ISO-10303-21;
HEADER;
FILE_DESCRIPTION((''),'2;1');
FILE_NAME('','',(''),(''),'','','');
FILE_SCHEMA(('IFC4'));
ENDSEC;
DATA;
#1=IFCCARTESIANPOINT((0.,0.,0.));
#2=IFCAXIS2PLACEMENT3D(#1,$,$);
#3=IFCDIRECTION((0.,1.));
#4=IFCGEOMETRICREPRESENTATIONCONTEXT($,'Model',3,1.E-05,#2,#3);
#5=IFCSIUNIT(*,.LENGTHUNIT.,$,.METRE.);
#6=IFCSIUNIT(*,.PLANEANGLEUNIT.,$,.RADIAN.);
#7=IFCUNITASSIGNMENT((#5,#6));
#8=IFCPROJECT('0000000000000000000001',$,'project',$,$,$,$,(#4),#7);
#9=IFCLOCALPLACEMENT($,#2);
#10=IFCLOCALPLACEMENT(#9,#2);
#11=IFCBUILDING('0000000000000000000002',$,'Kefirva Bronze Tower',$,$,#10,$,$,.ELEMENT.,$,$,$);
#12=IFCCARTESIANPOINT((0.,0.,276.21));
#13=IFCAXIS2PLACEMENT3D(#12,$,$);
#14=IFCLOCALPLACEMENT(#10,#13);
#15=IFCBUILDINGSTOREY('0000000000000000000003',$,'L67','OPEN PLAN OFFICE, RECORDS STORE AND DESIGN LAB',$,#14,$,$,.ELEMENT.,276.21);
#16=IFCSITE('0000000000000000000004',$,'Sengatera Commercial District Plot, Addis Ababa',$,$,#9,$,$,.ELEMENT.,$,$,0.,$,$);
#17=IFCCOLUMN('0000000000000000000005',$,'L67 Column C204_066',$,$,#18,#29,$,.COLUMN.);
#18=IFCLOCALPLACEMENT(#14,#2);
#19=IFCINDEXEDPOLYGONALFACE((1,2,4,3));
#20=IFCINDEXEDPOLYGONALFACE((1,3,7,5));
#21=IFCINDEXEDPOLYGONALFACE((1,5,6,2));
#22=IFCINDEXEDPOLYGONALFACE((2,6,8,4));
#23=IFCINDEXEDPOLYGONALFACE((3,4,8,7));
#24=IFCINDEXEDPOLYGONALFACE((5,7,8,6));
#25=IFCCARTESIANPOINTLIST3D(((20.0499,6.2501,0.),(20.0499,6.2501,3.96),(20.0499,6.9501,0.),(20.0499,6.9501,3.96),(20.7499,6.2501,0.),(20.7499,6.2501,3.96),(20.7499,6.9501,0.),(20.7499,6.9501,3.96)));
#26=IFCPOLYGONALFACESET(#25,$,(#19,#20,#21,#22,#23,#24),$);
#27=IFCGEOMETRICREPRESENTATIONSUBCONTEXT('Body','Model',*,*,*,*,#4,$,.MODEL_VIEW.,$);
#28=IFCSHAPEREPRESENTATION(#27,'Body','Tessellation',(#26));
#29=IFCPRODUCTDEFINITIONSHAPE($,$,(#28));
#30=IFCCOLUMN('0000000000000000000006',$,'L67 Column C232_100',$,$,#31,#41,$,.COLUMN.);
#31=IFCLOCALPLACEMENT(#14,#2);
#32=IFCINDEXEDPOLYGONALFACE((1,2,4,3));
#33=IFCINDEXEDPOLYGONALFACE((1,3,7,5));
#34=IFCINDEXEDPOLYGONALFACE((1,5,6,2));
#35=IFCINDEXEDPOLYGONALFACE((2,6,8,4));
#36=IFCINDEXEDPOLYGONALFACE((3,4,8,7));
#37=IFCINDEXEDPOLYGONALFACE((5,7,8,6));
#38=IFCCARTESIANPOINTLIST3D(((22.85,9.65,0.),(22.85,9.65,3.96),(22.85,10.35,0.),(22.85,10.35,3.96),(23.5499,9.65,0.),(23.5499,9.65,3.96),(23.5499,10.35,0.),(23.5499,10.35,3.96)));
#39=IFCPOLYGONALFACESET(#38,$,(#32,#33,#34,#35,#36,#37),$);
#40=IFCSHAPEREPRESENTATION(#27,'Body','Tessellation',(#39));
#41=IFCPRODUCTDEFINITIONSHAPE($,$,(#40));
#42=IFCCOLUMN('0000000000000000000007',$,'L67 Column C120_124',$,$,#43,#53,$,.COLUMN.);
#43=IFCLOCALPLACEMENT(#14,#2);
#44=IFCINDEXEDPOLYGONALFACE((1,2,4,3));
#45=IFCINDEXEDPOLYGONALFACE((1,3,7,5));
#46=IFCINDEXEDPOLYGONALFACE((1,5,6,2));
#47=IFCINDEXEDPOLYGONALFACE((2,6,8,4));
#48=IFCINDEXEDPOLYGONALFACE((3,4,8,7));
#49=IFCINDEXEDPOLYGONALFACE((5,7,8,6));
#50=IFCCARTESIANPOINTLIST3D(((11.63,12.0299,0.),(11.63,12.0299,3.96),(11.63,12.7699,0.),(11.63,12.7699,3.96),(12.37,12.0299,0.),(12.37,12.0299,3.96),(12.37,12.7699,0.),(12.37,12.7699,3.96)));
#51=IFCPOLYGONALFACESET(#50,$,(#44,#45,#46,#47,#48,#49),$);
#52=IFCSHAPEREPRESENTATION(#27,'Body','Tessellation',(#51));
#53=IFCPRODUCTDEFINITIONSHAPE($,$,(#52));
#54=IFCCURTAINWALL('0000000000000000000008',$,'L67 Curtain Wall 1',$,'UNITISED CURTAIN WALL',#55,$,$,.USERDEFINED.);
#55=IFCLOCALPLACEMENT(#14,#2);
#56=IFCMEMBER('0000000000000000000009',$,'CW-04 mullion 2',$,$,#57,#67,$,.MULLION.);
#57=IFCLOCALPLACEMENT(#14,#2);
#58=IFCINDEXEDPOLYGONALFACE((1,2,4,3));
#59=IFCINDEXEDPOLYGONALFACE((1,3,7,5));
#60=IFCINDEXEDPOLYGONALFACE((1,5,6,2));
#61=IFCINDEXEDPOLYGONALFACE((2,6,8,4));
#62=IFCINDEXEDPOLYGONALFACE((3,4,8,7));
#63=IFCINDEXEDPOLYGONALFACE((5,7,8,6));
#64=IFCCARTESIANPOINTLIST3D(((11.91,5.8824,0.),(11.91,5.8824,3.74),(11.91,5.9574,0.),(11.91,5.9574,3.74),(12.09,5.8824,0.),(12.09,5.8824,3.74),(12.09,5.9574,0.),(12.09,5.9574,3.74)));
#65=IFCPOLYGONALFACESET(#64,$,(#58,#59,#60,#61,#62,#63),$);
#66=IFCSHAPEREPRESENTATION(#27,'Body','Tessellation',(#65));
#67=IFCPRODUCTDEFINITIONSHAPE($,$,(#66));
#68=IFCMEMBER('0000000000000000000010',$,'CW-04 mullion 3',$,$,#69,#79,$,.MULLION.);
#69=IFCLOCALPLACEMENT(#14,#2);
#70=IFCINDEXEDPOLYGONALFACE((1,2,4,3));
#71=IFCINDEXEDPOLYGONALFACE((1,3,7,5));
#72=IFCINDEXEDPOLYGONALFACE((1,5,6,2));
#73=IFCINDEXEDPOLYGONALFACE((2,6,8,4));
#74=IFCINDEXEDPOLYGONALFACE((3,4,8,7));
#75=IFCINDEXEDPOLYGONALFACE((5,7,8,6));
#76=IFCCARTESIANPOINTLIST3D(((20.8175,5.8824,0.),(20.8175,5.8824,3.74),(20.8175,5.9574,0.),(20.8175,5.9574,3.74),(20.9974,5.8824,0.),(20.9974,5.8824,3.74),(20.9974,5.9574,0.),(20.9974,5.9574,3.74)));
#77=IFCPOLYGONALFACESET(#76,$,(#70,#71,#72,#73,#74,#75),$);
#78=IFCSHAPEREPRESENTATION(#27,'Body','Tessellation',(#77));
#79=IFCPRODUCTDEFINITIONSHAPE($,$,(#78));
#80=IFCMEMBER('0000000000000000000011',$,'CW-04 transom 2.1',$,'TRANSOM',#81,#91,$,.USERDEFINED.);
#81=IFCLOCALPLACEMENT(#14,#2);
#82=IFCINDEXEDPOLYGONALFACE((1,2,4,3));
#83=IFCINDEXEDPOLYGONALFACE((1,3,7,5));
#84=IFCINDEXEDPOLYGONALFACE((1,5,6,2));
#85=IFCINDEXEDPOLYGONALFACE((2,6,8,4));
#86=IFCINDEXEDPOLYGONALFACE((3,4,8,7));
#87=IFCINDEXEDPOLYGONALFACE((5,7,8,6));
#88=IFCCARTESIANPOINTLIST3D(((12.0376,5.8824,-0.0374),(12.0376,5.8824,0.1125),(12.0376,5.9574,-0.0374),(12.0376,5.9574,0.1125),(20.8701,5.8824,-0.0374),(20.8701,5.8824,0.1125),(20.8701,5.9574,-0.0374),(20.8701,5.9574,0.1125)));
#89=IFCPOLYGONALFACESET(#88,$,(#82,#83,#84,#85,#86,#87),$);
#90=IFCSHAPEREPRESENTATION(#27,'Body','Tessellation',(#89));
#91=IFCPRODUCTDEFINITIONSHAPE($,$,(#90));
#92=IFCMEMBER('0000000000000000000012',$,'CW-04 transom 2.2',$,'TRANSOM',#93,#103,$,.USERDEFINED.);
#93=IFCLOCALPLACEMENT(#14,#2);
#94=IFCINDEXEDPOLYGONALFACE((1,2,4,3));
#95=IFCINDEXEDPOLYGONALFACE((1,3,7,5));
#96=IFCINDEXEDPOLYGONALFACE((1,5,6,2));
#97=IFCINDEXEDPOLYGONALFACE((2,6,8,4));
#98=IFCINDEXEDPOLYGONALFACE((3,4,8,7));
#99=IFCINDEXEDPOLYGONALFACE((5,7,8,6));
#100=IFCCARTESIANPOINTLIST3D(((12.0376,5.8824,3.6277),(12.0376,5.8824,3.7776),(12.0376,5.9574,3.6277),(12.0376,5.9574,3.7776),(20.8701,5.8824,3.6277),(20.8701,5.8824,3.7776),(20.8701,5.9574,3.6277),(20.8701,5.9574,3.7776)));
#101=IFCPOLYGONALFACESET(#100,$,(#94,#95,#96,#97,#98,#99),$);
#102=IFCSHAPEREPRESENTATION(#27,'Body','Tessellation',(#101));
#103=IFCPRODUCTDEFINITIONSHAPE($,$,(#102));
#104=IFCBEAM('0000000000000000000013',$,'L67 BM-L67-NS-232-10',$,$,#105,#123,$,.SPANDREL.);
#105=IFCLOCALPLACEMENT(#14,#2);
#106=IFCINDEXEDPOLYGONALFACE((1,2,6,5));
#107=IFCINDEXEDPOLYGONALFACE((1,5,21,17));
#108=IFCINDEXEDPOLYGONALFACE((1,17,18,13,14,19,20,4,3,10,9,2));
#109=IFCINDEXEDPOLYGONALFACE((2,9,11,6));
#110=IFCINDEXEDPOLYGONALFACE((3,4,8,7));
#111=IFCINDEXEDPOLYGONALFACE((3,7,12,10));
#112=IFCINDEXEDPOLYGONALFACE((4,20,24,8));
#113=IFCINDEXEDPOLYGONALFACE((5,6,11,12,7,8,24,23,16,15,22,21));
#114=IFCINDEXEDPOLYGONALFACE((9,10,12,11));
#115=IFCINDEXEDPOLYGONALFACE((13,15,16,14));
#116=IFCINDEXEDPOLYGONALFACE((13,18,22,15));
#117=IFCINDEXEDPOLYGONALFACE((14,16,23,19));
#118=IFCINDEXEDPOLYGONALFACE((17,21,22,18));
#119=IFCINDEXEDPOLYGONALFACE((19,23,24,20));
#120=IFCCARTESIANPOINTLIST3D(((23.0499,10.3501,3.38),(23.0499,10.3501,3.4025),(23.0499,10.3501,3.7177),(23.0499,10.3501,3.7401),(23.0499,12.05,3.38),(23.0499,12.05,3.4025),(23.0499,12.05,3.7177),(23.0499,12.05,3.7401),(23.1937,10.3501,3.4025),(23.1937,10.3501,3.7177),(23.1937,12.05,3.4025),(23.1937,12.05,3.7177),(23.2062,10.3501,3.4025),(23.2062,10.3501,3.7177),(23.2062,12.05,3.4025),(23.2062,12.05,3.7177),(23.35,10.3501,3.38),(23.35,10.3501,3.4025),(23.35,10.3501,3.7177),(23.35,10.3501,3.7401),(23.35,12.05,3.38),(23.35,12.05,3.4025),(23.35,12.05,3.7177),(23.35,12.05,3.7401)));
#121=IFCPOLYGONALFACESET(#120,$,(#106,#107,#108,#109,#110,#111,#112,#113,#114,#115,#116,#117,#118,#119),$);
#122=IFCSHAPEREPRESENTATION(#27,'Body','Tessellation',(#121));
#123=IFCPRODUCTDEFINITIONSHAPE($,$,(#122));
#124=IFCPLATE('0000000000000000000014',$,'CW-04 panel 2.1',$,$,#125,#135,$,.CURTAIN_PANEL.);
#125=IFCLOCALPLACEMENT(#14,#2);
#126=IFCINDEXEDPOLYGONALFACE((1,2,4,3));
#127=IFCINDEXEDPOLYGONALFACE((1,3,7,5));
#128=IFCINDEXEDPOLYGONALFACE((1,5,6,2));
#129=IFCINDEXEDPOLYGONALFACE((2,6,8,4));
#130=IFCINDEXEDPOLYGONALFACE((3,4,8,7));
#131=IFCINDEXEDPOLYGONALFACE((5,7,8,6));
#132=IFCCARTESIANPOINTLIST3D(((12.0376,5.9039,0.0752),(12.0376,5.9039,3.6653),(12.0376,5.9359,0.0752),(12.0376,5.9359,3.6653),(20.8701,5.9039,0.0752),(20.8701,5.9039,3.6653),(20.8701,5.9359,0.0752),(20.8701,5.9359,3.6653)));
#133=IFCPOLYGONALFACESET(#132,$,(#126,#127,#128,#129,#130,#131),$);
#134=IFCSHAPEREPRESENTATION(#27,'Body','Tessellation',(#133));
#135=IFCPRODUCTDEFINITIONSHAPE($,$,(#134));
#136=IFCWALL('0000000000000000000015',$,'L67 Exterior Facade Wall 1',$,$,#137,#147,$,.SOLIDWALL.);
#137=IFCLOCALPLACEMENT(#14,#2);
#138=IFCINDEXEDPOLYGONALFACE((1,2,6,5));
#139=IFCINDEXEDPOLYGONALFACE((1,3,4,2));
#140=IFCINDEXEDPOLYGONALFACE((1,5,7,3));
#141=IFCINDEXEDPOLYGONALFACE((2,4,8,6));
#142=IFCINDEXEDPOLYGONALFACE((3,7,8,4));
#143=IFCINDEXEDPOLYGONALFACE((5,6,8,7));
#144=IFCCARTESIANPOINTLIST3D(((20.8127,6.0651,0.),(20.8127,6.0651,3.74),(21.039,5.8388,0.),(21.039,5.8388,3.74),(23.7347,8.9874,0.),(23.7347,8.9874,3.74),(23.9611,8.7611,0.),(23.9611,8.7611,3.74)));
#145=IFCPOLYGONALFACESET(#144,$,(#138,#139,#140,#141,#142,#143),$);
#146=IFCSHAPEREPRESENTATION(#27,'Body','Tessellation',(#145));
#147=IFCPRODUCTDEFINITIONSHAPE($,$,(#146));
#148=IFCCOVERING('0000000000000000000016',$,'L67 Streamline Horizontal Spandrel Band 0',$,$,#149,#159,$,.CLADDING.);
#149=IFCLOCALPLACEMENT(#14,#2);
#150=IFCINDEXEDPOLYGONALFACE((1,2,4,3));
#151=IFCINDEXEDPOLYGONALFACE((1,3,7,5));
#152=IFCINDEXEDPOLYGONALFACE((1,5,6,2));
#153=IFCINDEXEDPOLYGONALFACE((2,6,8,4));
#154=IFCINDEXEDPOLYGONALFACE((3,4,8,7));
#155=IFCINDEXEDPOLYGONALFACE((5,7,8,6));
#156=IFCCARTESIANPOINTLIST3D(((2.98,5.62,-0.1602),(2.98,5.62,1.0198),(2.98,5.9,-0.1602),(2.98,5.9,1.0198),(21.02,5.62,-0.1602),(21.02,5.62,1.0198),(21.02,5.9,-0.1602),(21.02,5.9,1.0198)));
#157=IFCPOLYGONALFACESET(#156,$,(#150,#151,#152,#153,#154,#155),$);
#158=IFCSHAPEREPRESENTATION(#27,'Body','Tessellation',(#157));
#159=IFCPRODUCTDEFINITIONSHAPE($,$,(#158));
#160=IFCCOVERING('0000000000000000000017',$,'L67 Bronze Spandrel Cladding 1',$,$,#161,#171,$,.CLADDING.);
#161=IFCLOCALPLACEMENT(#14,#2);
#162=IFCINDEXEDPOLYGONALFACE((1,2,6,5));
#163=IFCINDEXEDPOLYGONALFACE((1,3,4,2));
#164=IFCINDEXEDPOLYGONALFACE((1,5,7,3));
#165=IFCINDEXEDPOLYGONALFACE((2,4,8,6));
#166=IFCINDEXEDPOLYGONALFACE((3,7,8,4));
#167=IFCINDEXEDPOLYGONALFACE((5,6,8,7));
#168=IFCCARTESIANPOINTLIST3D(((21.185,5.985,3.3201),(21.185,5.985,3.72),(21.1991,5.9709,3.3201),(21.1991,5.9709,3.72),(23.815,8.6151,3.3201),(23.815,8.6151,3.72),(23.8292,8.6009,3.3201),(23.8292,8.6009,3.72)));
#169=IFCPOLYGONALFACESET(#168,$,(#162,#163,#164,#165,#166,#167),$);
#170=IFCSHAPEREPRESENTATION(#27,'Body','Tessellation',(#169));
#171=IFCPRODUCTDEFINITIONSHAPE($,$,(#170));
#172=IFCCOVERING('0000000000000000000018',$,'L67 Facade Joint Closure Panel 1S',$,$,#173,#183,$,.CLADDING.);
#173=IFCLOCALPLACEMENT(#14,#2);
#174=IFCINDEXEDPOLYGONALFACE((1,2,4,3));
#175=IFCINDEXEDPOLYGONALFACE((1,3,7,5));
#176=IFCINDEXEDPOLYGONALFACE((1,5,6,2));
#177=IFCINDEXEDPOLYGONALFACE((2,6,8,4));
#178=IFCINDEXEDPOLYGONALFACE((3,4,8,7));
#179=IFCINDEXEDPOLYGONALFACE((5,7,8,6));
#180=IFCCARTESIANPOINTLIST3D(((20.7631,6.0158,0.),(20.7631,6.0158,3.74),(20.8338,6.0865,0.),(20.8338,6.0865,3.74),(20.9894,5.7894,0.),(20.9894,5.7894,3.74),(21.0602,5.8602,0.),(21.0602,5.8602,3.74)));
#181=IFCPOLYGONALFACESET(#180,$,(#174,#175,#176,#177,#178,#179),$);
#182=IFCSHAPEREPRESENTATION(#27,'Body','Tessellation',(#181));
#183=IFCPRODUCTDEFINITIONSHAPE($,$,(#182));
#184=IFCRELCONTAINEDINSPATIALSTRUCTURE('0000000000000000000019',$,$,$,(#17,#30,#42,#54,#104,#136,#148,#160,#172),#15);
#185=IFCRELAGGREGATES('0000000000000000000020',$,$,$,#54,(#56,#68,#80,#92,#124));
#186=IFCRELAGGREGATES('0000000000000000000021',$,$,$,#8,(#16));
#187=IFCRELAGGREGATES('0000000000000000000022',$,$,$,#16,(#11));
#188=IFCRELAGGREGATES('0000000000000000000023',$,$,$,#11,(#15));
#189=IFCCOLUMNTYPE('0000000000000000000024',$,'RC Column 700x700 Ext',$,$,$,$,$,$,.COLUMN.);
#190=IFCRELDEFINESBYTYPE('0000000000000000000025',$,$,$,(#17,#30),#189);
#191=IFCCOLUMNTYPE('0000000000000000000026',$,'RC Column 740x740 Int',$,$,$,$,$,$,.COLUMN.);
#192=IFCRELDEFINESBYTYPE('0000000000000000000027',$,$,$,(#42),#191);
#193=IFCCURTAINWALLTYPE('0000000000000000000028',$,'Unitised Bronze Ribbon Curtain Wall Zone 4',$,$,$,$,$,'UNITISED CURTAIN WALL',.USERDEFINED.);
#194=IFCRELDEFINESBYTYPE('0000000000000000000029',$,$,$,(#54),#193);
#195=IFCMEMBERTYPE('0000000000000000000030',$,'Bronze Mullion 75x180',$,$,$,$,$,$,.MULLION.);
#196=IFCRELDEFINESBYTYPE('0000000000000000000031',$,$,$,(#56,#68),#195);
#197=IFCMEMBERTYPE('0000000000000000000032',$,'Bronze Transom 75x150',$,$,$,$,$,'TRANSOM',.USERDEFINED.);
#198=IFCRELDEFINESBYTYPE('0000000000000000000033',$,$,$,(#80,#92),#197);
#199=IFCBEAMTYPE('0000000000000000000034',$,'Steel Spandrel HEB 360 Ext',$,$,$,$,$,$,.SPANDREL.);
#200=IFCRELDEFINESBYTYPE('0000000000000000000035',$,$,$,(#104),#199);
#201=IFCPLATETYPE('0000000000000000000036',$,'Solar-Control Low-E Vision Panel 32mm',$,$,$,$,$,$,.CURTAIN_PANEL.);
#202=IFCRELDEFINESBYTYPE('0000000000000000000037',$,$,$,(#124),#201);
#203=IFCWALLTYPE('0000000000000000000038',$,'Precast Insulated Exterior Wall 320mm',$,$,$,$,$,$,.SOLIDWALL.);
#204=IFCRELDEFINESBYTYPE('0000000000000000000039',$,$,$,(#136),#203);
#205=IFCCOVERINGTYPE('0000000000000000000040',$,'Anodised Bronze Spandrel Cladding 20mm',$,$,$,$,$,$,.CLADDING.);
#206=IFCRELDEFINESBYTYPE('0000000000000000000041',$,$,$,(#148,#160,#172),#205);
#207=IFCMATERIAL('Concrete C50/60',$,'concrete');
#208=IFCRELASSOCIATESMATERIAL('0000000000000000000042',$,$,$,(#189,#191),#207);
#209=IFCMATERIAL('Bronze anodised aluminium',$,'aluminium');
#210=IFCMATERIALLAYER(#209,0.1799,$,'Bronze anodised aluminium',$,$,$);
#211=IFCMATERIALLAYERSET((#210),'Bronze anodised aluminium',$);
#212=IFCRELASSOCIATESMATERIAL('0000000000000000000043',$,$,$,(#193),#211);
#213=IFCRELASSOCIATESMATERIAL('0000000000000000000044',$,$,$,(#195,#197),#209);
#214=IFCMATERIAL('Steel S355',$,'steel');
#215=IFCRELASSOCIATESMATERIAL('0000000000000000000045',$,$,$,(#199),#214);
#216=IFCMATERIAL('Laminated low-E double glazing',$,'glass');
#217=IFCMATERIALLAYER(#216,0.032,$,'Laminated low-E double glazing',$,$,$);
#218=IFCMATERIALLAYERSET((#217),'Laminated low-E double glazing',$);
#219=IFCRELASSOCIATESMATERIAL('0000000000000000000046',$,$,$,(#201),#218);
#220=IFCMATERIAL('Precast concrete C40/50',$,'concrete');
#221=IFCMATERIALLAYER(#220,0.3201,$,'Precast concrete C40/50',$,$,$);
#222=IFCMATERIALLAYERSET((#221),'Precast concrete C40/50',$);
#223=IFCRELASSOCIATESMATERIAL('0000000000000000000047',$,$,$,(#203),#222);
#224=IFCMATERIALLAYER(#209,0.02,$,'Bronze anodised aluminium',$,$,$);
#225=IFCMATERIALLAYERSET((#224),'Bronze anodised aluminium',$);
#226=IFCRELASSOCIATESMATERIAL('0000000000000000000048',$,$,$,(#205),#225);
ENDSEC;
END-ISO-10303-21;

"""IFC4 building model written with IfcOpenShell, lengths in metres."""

from ifc_helpers import new_model, si_unit, direction, frame, frame_2d, origin, origin_2d, place, context, subcontext, project, spatial, rectangle, i_section, extrude, material, layer, layer_set, material_profile, profile_set, type_object, element, aggregate, save


model = new_model("IFC4")

# Units and contexts
model_context = context("Model", 3, precision=1e-05, world=origin(), true_north=direction((0.0, 1.0)))
body_context = subcontext(model_context, "Body", "Model", "MODEL_VIEW")
ifc_project = project(units=[si_unit("LENGTHUNIT", "METRE"), si_unit("PLANEANGLEUNIT", "RADIAN")], contexts=[model_context])

# Site, building, storey
site_placement = place(None, origin())
site = spatial("IfcSite", under=ifc_project, at=site_placement, Name="Sengatera Commercial District Plot, Addis Ababa", CompositionType="ELEMENT", RefElevation=0.0)
building_placement = place(site_placement, origin())
building = spatial("IfcBuilding", under=site, at=building_placement, Name="Kefirva Bronze Tower", CompositionType="ELEMENT")
storey_placement = place(building_placement, frame((0.0, 0.0, 276.21)))
storey = spatial("IfcBuildingStorey", under=building, at=storey_placement, Name="L67", Description="OPEN PLAN OFFICE, RECORDS STORE AND DESIGN LAB", CompositionType="ELEMENT", Elevation=276.21)

# Columns
ifc_material_1 = material(Name="Concrete C50/60", Category="concrete")
ifc_material_profile_1 = material_profile(ifc_material_1, rectangle(XDim=0.7, YDim=0.7, at=origin_2d()), Name="RC 700x700")
ifc_profile_set_1 = profile_set([ifc_material_profile_1], Name="Concrete C50/60")
column_type_1 = type_object("IfcColumnType", Name="RC Column 700x700 Ext", PredefinedType="COLUMN", material=ifc_profile_set_1)
for number, where, z_axis, x_axis, name in (
    (1, (20.3999, 6.6001, 0.0), (0.0, 0.0, 1.0), (1.0, 0.0, 0.0), "L67 Column C204_066"),
    (2, (23.2, 10.0, 0.0), (0.0, 0.0, 1.0), (1.0, 0.0, 0.0), "L67 Column C232_100"),
):
    element("IfcColumn", number, at=place(storey_placement, frame(where, z_axis=z_axis, x_axis=x_axis)), inside=storey, type_object=column_type_1, Name=name, PredefinedType="COLUMN", context=body_context, shape_type="SweptSolid", body=[
        extrude(rectangle(XDim=0.7, YDim=0.7, at=origin_2d()), origin(), (0.0, 0.0, 1.0), 3.96),
    ])
ifc_material_profile_2 = material_profile(ifc_material_1, rectangle(XDim=0.74, YDim=0.74, at=origin_2d()), Name="RC 740x740")
ifc_profile_set_2 = profile_set([ifc_material_profile_2], Name="Concrete C50/60")
column_type_2 = type_object("IfcColumnType", Name="RC Column 740x740 Int", PredefinedType="COLUMN", material=ifc_profile_set_2)
column_placement = place(storey_placement, frame((12.0, 12.3999, 0.0), z_axis=(0.0, 0.0, 1.0), x_axis=(1.0, 0.0, 0.0)))
element("IfcColumn", 3, at=column_placement, inside=storey, type_object=column_type_2, Name="L67 Column C120_124", PredefinedType="COLUMN", context=body_context, shape_type="SweptSolid", body=[
    extrude(rectangle(XDim=0.74, YDim=0.74, at=origin_2d()), origin(), (0.0, 0.0, 1.0), 3.96),
])

# Curtain wall, members
ifc_material_2 = material(Name="Bronze anodised aluminium", Category="aluminium")
ifc_layer_1 = layer(ifc_material_2, 0.1799, Name="Bronze anodised aluminium")
ifc_layer_set_1 = layer_set([ifc_layer_1], Name="Bronze anodised aluminium")
curtain_wall_type = type_object("IfcCurtainWallType", Name="Unitised Bronze Ribbon Curtain Wall Zone 4", ElementType="UNITISED CURTAIN WALL", PredefinedType="USERDEFINED", material=ifc_layer_set_1)
curtain_wall_placement = place(storey_placement, origin())
curtain_wall = element("IfcCurtainWall", 4, at=curtain_wall_placement, inside=storey, type_object=curtain_wall_type, Name="L67 Curtain Wall 1", ObjectType="UNITISED CURTAIN WALL", PredefinedType="USERDEFINED")
ifc_material_profile_3 = material_profile(ifc_material_2, rectangle(XDim=0.075, YDim=0.1799, at=origin_2d()), Name="ALU 75x180")
ifc_profile_set_3 = profile_set([ifc_material_profile_3], Name="Bronze anodised aluminium")
member_type_1 = type_object("IfcMemberType", Name="Bronze Mullion 75x180", PredefinedType="MULLION", material=ifc_profile_set_3)
member_1_placement = place(storey_placement, frame((12.0, 5.9199, 0.0), z_axis=(0.0, 0.0, 1.0), x_axis=(0.0, 1.0, 0.0)))
member_1 = element("IfcMember", 5, at=member_1_placement, type_object=member_type_1, Name="CW-04 mullion 2", PredefinedType="MULLION", context=body_context, shape_type="SweptSolid", body=[
    extrude(rectangle(XDim=0.075, YDim=0.1799, at=origin_2d()), origin(), (0.0, 0.0, 1.0), 3.74),
])
member_2_placement = place(storey_placement, frame((20.9075, 5.9199, 0.0), z_axis=(0.0, 0.0, 1.0), x_axis=(0.0, 1.0, 0.0)))
member_2 = element("IfcMember", 6, at=member_2_placement, type_object=member_type_1, Name="CW-04 mullion 3", PredefinedType="MULLION", context=body_context, shape_type="SweptSolid", body=[
    extrude(rectangle(XDim=0.075, YDim=0.1799, at=origin_2d()), origin(), (0.0, 0.0, 1.0), 3.74),
])
ifc_material_profile_4 = material_profile(ifc_material_2, rectangle(XDim=0.075, YDim=0.1499, at=origin_2d()), Name="ALU 75x150")
ifc_profile_set_4 = profile_set([ifc_material_profile_4], Name="Bronze anodised aluminium")
member_type_2 = type_object("IfcMemberType", Name="Bronze Transom 75x150", ElementType="TRANSOM", PredefinedType="USERDEFINED", material=ifc_profile_set_4)
member_3_placement = place(storey_placement, frame((12.0376, 5.9199, 0.0376), z_axis=(1.0, 0.0, 0.0), x_axis=(0.0, 1.0, 0.0)))
member_3 = element("IfcMember", 7, at=member_3_placement, type_object=member_type_2, Name="CW-04 transom 2.1", ObjectType="TRANSOM", PredefinedType="USERDEFINED", context=body_context, shape_type="SweptSolid", body=[
    extrude(rectangle(XDim=0.075, YDim=0.1499, at=origin_2d()), origin(), (0.0, 0.0, 1.0), 8.8325),
])
member_4_placement = place(storey_placement, frame((12.0376, 5.9199, 3.7026), z_axis=(1.0, 0.0, 0.0), x_axis=(0.0, 1.0, 0.0)))
member_4 = element("IfcMember", 8, at=member_4_placement, type_object=member_type_2, Name="CW-04 transom 2.2", ObjectType="TRANSOM", PredefinedType="USERDEFINED", context=body_context, shape_type="SweptSolid", body=[
    extrude(rectangle(XDim=0.075, YDim=0.1499, at=origin_2d()), origin(), (0.0, 0.0, 1.0), 8.8325),
])

# Beam
ifc_material_3 = material(Name="Steel S355", Category="steel")
ifc_material_profile_5 = material_profile(ifc_material_3, i_section(OverallWidth=0.3, OverallDepth=0.3601, WebThickness=0.0125, FlangeThickness=0.0225, at=origin_2d()), Name="HEB 360")
ifc_profile_set_5 = profile_set([ifc_material_profile_5], Name="Steel S355")
beam_type = type_object("IfcBeamType", Name="Steel Spandrel HEB 360 Ext", PredefinedType="SPANDREL", material=ifc_profile_set_5)
beam_placement = place(storey_placement, frame((23.2, 10.3501, 3.5601), z_axis=(0.0, 1.0, 0.0), x_axis=(-1.0, 0.0, 0.0)))
element("IfcBeam", 9, at=beam_placement, inside=storey, type_object=beam_type, Name="L67 BM-L67-NS-232-10", PredefinedType="SPANDREL", context=body_context, shape_type="SweptSolid", body=[
    extrude(i_section(OverallWidth=0.3, OverallDepth=0.3601, WebThickness=0.0125, FlangeThickness=0.0225, at=origin_2d()), origin(), (0.0, 0.0, 1.0), 1.7),
])

# Plate
ifc_material_4 = material(Name="Laminated low-E double glazing", Category="glass")
ifc_layer_2 = layer(ifc_material_4, 0.032, Name="Laminated low-E double glazing")
ifc_layer_set_2 = layer_set([ifc_layer_2], Name="Laminated low-E double glazing")
plate_type = type_object("IfcPlateType", Name="Solar-Control Low-E Vision Panel 32mm", PredefinedType="CURTAIN_PANEL", material=ifc_layer_set_2)
plate_placement = place(storey_placement, frame((16.4539, 5.9199, 0.0752), z_axis=(0.0, 0.0, 1.0), x_axis=(1.0, 0.0, 0.0)))
plate = element("IfcPlate", 10, at=plate_placement, type_object=plate_type, Name="CW-04 panel 2.1", PredefinedType="CURTAIN_PANEL", context=body_context, shape_type="SweptSolid", body=[
    extrude(rectangle(XDim=8.8325, YDim=0.032, at=origin_2d()), origin(), (0.0, 0.0, 1.0), 3.5901),
])
aggregate(curtain_wall, [member_1, member_2, member_3, member_4, plate])

# Wall
ifc_material_5 = material(Name="Precast concrete C40/50", Category="concrete")
ifc_layer_3 = layer(ifc_material_5, 0.3201, Name="Precast concrete C40/50")
ifc_layer_set_3 = layer_set([ifc_layer_3], Name="Precast concrete C40/50")
wall_type = type_object("IfcWallType", Name="Precast Insulated Exterior Wall 320mm", PredefinedType="SOLIDWALL", material=ifc_layer_set_3)
wall_placement = place(storey_placement, frame((20.9258, 5.9519, 0.0), z_axis=(0.0, 0.0, 1.0), x_axis=(0.707077, 0.707136, 0.0)))
element("IfcWall", 11, at=wall_placement, inside=storey, type_object=wall_type, Name="L67 Exterior Facade Wall 1", PredefinedType="SOLIDWALL", context=body_context, shape_type="SweptSolid", body=[
    extrude(rectangle(XDim=4.1326, YDim=0.3201, at=frame_2d((2.0664, 0.0))), origin(), (0.0, 0.0, 1.0), 3.74),
])

# Coverings
ifc_layer_4 = layer(ifc_material_2, 0.02, Name="Bronze anodised aluminium")
ifc_layer_set_4 = layer_set([ifc_layer_4], Name="Bronze anodised aluminium")
covering_type_1 = type_object("IfcCoveringType", Name="Anodised Bronze Spandrel Cladding 20mm", PredefinedType="CLADDING", material=ifc_layer_set_4)
covering_1_placement = place(storey_placement, frame((12.0, 5.76, -0.1602), z_axis=(0.0, 0.0, 1.0), x_axis=(1.0, 0.0, 0.0)))
element("IfcCovering", 12, at=covering_1_placement, inside=storey, type_object=covering_type_1, Name="L67 Streamline Horizontal Spandrel Band 0", PredefinedType="CLADDING", context=body_context, shape_type="SweptSolid", body=[
    extrude(rectangle(XDim=18.04, YDim=0.28, at=origin_2d()), origin(), (0.0, 0.0, 1.0), 1.1799),
])
covering_2_placement = place(storey_placement, frame((22.5071, 7.293, 3.3201), z_axis=(0.0, 0.0, 1.0), x_axis=(0.707107, 0.707107, 0.0)))
element("IfcCovering", 13, at=covering_2_placement, inside=storey, type_object=covering_type_1, Name="L67 Bronze Spandrel Cladding 1", PredefinedType="CLADDING", context=body_context, shape_type="SweptSolid", body=[
    extrude(rectangle(XDim=3.7195, YDim=0.02, at=origin_2d()), origin(), (0.0, 0.0, 1.0), 0.3999),
])
covering_3_placement = place(storey_placement, frame((20.9116, 5.938, 0.0), z_axis=(0.0, 0.0, 1.0), x_axis=(0.707107, 0.707107, 0.0)))
element("IfcCovering", 14, at=covering_3_placement, inside=storey, type_object=covering_type_1, Name="L67 Facade Joint Closure Panel 1S", PredefinedType="CLADDING", context=body_context, shape_type="SweptSolid", body=[
    extrude(rectangle(XDim=0.1001, YDim=0.3201, at=origin_2d()), origin(), (0.0, 0.0, 1.0), 3.74),
])

save(model, "model.ifc")
